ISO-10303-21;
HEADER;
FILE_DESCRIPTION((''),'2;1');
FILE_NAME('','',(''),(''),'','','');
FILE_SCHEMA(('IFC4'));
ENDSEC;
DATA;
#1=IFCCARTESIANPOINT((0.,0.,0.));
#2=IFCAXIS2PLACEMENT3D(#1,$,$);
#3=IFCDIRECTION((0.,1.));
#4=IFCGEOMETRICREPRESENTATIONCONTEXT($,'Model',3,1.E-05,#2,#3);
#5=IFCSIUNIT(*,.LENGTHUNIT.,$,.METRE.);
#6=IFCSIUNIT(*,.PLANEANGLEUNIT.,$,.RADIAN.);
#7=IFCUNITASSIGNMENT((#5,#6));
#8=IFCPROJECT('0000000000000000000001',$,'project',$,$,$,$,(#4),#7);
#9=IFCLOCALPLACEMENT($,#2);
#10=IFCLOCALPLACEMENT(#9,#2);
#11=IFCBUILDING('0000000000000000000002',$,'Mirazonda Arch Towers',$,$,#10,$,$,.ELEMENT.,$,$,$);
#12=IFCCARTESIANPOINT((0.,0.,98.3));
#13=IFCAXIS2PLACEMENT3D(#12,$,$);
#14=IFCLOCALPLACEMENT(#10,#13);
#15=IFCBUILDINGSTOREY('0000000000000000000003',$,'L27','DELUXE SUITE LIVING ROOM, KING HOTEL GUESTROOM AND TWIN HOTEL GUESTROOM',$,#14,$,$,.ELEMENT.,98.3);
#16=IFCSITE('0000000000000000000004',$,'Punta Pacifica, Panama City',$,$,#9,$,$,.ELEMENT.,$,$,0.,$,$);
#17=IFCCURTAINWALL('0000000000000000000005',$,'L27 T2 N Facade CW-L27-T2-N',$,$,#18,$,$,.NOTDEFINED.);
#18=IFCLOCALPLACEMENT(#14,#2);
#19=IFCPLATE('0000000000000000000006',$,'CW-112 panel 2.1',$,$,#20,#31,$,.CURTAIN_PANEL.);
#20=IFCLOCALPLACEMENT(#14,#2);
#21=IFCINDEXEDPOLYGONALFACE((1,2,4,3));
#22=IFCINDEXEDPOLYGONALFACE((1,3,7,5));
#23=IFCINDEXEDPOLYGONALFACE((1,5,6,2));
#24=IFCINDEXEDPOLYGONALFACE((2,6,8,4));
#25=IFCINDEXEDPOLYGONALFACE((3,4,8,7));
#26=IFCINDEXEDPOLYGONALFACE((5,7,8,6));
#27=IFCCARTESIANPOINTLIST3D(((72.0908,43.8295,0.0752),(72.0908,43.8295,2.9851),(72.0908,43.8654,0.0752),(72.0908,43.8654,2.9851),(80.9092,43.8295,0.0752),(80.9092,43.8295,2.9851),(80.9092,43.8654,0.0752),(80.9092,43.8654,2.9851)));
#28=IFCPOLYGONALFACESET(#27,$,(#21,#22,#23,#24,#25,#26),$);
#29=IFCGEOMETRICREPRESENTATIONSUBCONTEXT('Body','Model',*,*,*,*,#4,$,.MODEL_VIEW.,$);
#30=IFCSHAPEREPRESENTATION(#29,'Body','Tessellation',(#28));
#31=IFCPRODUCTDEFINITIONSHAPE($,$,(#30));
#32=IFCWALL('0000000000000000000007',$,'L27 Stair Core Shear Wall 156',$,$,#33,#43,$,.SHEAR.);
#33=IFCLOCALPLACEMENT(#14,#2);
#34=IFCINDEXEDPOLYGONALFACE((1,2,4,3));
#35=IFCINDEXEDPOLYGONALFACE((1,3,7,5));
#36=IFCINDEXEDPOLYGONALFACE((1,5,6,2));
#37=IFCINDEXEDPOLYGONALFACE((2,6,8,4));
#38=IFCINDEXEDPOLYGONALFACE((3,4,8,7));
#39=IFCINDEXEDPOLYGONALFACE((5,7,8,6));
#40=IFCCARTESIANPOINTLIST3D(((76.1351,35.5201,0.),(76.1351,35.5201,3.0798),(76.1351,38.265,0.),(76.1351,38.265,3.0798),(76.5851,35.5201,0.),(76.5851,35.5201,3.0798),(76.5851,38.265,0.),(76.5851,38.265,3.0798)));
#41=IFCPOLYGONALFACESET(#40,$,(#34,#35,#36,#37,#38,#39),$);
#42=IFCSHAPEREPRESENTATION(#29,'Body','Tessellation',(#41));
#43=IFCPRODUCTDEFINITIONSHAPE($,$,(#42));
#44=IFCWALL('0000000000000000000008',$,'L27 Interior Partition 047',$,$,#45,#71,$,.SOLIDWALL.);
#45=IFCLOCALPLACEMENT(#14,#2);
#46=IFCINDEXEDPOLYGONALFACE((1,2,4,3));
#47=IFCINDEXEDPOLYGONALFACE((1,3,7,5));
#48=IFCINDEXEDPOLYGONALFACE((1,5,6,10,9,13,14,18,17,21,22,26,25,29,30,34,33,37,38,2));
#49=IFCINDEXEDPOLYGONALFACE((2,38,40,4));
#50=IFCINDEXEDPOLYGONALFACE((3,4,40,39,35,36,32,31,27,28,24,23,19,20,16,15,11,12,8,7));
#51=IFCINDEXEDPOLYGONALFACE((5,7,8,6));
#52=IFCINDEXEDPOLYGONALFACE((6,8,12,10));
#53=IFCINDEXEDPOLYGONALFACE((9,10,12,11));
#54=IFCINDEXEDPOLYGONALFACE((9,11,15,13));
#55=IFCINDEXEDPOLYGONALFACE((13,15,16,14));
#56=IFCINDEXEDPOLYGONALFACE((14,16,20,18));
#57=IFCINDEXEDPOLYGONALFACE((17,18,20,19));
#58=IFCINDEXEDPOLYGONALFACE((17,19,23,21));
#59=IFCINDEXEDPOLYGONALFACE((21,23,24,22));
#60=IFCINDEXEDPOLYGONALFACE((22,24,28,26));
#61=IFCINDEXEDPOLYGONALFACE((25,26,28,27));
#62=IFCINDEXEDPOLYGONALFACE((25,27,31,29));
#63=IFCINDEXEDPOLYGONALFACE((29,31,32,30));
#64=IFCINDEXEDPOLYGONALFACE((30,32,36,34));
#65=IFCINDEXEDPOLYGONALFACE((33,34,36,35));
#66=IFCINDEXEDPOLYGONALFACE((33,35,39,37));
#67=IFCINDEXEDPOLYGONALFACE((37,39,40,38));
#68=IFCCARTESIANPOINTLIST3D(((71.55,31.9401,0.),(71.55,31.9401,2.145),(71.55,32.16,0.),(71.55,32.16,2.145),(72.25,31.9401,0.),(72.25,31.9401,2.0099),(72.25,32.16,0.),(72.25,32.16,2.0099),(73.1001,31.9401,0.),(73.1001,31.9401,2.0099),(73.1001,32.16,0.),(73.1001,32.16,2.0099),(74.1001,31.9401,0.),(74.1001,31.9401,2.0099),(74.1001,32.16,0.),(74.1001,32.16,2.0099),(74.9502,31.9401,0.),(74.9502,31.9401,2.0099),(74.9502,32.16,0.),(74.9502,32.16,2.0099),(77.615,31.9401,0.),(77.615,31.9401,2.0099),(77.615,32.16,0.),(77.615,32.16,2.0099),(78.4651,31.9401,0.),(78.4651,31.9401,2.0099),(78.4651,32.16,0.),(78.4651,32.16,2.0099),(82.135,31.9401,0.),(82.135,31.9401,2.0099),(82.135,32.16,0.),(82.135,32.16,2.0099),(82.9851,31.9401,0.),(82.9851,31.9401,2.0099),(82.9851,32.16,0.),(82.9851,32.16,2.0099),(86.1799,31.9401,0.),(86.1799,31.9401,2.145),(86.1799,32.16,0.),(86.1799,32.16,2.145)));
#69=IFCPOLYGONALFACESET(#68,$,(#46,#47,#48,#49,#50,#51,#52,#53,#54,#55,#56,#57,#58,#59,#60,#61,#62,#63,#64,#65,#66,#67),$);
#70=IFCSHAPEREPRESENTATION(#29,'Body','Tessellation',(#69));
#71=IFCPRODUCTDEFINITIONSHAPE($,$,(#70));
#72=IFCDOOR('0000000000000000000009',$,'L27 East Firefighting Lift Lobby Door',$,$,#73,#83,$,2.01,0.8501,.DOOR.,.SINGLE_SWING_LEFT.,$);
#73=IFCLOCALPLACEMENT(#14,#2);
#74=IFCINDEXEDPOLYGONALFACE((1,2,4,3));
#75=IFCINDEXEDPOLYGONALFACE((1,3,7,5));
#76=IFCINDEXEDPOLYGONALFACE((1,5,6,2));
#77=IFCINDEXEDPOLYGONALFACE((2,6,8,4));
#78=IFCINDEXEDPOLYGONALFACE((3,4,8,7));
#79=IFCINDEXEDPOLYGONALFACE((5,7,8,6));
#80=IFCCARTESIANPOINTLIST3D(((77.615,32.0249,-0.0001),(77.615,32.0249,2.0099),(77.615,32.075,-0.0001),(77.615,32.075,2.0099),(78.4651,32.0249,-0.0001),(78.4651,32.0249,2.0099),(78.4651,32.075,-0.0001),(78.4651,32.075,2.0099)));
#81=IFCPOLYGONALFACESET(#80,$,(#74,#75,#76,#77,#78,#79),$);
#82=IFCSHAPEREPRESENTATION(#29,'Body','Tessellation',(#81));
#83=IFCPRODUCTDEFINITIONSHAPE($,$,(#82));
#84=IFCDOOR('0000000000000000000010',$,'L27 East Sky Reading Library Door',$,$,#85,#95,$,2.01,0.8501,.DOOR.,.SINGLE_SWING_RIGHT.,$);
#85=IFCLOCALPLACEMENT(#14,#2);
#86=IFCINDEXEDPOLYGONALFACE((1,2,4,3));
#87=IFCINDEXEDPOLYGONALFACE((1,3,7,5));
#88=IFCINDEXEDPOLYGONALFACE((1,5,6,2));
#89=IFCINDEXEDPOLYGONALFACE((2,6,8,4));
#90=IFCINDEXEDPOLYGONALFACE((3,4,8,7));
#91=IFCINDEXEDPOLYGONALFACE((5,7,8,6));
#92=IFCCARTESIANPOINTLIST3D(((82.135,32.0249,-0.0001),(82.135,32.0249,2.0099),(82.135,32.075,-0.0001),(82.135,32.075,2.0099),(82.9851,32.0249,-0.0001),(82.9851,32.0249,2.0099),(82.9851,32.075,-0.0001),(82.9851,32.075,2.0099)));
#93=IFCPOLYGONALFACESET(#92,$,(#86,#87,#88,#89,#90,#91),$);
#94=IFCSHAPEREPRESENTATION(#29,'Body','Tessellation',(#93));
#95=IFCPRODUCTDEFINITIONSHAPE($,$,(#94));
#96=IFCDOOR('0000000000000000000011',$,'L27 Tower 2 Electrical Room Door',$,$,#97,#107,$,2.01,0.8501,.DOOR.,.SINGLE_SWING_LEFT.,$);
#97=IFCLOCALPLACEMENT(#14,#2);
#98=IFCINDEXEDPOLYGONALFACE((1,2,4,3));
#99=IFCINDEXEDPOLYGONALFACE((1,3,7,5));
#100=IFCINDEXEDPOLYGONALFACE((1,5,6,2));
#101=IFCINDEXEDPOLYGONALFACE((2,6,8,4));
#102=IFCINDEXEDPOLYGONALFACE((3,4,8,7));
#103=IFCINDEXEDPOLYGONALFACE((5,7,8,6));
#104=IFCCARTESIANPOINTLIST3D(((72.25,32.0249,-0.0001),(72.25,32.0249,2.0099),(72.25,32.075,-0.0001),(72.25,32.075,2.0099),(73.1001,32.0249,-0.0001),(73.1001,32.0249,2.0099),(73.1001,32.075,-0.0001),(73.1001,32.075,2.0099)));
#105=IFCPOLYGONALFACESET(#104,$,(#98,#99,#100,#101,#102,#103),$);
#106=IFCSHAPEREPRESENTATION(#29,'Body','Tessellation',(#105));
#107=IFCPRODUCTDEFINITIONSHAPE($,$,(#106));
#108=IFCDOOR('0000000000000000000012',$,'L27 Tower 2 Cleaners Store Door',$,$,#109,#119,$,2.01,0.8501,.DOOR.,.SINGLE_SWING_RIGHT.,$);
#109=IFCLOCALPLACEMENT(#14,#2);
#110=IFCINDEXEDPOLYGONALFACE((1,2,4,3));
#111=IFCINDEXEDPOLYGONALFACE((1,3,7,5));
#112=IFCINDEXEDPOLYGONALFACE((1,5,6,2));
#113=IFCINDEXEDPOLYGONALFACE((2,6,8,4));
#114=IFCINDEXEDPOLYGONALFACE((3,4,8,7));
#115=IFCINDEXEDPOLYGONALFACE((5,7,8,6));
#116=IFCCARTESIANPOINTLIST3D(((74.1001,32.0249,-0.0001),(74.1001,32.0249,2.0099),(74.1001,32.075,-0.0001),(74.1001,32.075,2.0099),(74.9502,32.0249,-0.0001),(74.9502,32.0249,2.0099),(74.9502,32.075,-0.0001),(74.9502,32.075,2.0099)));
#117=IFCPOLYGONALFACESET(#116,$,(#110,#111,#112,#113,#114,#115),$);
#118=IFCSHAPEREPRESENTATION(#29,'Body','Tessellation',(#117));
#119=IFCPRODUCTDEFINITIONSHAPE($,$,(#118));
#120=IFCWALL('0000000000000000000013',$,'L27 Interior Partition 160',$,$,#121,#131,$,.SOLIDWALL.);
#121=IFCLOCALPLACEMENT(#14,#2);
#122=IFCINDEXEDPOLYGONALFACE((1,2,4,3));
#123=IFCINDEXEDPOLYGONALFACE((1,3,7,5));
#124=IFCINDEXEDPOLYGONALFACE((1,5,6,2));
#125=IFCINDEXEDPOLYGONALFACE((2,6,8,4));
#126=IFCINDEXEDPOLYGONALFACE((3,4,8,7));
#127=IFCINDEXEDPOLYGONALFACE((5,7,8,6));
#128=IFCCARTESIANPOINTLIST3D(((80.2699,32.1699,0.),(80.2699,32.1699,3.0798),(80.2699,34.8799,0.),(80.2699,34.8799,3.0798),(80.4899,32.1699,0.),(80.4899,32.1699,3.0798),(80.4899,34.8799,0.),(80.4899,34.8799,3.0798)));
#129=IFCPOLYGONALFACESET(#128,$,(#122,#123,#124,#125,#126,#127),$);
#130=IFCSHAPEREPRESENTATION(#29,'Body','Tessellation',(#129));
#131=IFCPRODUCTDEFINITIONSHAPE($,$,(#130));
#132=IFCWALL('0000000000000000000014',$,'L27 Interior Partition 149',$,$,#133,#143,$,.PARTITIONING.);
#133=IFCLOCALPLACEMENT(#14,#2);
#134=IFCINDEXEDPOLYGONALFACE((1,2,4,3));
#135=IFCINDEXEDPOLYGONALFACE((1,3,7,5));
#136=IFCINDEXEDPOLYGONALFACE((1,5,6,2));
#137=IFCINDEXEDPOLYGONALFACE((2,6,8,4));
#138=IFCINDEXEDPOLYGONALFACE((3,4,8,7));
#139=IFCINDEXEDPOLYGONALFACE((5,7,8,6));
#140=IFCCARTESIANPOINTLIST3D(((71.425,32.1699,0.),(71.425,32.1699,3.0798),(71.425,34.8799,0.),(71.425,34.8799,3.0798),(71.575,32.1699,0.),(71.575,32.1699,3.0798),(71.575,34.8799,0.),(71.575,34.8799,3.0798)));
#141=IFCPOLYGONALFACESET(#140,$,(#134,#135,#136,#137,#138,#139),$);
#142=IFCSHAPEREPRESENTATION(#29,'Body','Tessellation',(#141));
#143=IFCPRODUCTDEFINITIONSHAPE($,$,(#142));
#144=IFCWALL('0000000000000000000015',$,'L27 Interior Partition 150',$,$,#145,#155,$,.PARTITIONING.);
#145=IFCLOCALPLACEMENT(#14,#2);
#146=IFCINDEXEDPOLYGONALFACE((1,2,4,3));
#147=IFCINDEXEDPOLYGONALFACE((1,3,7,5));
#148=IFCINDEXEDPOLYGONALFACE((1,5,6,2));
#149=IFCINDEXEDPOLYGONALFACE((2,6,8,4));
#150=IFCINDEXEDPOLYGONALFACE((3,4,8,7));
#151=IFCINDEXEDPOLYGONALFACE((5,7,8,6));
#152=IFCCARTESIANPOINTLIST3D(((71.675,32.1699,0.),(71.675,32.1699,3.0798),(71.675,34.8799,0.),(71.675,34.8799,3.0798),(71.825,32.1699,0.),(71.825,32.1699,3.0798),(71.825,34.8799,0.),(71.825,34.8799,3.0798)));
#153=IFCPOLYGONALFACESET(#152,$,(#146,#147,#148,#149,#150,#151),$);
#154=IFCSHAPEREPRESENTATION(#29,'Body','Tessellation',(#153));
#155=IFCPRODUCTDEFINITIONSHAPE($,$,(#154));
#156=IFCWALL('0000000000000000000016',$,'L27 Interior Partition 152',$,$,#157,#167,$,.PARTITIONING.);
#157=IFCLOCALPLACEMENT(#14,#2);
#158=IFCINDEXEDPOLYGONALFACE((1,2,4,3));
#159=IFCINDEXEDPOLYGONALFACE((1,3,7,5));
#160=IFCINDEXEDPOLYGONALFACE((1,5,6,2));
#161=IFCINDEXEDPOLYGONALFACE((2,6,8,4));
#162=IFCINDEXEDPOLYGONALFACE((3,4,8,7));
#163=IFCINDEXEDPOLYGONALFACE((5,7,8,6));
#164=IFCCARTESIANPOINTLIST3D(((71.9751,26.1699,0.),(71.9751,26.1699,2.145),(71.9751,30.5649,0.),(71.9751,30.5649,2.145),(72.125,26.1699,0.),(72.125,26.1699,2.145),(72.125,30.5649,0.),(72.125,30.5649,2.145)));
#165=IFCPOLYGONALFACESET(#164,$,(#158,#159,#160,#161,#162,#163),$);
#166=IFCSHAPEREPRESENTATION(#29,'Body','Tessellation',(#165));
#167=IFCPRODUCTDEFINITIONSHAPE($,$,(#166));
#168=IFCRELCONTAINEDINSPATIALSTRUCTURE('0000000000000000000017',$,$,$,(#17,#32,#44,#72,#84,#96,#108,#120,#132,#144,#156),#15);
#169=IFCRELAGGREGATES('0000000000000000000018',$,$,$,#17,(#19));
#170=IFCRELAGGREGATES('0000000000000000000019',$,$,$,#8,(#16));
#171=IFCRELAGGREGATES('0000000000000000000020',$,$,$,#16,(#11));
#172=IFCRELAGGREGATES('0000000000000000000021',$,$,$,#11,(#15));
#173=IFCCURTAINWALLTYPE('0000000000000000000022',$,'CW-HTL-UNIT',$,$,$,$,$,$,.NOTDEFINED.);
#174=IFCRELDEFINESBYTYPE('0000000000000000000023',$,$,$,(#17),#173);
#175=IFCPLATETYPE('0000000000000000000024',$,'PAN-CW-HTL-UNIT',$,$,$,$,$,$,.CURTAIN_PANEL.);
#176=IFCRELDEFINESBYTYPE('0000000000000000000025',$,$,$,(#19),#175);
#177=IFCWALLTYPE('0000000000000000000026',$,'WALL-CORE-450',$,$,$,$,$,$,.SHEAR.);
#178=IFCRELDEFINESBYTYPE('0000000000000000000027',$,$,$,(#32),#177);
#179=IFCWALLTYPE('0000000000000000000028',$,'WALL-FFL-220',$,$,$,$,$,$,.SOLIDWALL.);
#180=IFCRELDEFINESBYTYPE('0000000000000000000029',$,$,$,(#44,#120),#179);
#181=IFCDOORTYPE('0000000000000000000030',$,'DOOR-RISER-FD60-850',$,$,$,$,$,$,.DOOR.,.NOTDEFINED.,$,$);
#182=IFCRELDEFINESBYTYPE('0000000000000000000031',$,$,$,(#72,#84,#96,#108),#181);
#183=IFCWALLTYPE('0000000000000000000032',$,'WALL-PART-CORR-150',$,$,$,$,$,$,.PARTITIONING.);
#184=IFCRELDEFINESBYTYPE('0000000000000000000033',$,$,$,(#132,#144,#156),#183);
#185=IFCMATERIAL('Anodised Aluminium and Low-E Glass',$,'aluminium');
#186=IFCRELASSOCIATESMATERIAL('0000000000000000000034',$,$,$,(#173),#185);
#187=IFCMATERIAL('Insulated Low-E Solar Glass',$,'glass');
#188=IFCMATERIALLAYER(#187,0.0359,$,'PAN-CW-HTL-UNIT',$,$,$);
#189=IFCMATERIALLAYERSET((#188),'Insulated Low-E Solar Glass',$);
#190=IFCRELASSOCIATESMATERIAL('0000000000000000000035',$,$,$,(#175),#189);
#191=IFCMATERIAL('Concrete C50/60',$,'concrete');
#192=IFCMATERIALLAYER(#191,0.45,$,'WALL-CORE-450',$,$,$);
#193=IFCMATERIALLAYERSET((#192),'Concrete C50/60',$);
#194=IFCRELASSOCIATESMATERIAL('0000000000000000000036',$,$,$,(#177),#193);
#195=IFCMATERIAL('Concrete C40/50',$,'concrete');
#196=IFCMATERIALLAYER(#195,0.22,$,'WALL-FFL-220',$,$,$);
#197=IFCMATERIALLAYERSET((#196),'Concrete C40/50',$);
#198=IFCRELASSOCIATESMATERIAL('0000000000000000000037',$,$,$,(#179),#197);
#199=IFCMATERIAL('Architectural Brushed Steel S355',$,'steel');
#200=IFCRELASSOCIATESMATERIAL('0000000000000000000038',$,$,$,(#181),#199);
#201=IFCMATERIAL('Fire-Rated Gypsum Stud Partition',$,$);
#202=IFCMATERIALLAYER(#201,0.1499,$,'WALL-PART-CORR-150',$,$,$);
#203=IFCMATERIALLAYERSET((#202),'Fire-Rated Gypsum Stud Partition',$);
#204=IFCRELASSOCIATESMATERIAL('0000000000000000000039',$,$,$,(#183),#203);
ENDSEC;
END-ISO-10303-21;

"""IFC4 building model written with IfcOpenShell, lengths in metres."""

from ifc_helpers import new_model, si_unit, direction, frame, frame_2d, origin, origin_2d, place, context, subcontext, project, spatial, rectangle, extrude, material, layer, layer_set, type_object, element, fill, aggregate, save


model = new_model("IFC4")

# Units and contexts
model_context = context("Model", 3, precision=1e-05, world=origin(), true_north=direction((0.0, 1.0)))
body_context = subcontext(model_context, "Body", "Model", "MODEL_VIEW")
ifc_project = project(units=[si_unit("LENGTHUNIT", "METRE"), si_unit("PLANEANGLEUNIT", "RADIAN")], contexts=[model_context])

# Site, building, storey
site_placement = place(None, origin())
site = spatial("IfcSite", under=ifc_project, at=site_placement, Name="Punta Pacifica, Panama City", CompositionType="ELEMENT", RefElevation=0.0)
building_placement = place(site_placement, origin())
building = spatial("IfcBuilding", under=site, at=building_placement, Name="Mirazonda Arch Towers", CompositionType="ELEMENT")
storey_placement = place(building_placement, frame((0.0, 0.0, 98.3)))
storey = spatial("IfcBuildingStorey", under=building, at=storey_placement, Name="L27", Description="DELUXE SUITE LIVING ROOM, KING HOTEL GUESTROOM AND TWIN HOTEL GUESTROOM", CompositionType="ELEMENT", Elevation=98.3)

# Shared definitions
ifc_material_1 = material(Name="Concrete C50/60", Category="concrete")

# Curtain wall, plate
ifc_material_2 = material(Name="Anodised Aluminium and Low-E Glass", Category="aluminium")
curtain_wall_type = type_object("IfcCurtainWallType", Name="CW-HTL-UNIT", PredefinedType="NOTDEFINED", material=ifc_material_2)
curtain_wall_placement = place(storey_placement, origin())
curtain_wall = element("IfcCurtainWall", 1, at=curtain_wall_placement, inside=storey, type_object=curtain_wall_type, Name="L27 T2 N Facade CW-L27-T2-N", PredefinedType="NOTDEFINED")
ifc_material_3 = material(Name="Insulated Low-E Solar Glass", Category="glass")
ifc_layer_1 = layer(ifc_material_3, 0.0359, Name="PAN-CW-HTL-UNIT")
ifc_layer_set_1 = layer_set([ifc_layer_1], Name="Insulated Low-E Solar Glass")
plate_type = type_object("IfcPlateType", Name="PAN-CW-HTL-UNIT", PredefinedType="CURTAIN_PANEL", material=ifc_layer_set_1)
plate_placement = place(storey_placement, frame((76.5, 43.8474, 0.0752), z_axis=(0.0, 0.0, 1.0), x_axis=(1.0, 0.0, 0.0)))
plate = element("IfcPlate", 2, at=plate_placement, type_object=plate_type, Name="CW-112 panel 2.1", PredefinedType="CURTAIN_PANEL", context=body_context, shape_type="SweptSolid", body=[
    extrude(rectangle(XDim=8.8184, YDim=0.0359, at=origin_2d()), origin(), (0.0, 0.0, 1.0), 2.9099),
])
aggregate(curtain_wall, [plate])

# Wall
ifc_layer_2 = layer(ifc_material_1, 0.45, Name="WALL-CORE-450")
ifc_layer_set_2 = layer_set([ifc_layer_2], Name="Concrete C50/60")
wall_type_1 = type_object("IfcWallType", Name="WALL-CORE-450", PredefinedType="SHEAR", material=ifc_layer_set_2)
wall_1_placement = place(storey_placement, frame((76.3601, 35.52, 0.0), z_axis=(0.0, 0.0, 1.0), x_axis=(0.0, 1.0, 0.0)))
element("IfcWall", 3, at=wall_1_placement, inside=storey, type_object=wall_type_1, Name="L27 Stair Core Shear Wall 156", PredefinedType="SHEAR", context=body_context, shape_type="SweptSolid", body=[
    extrude(rectangle(XDim=2.7449, YDim=0.45, at=frame_2d((1.3726, 0.0))), origin(), (0.0, 0.0, 1.0), 3.0798),
])

# Wall, openings, doors
ifc_material_4 = material(Name="Concrete C40/50", Category="concrete")
ifc_layer_3 = layer(ifc_material_4, 0.22, Name="WALL-FFL-220")
ifc_layer_set_3 = layer_set([ifc_layer_3], Name="Concrete C40/50")
wall_type_2 = type_object("IfcWallType", Name="WALL-FFL-220", PredefinedType="SOLIDWALL", material=ifc_layer_set_3)
wall_2_placement = place(storey_placement, frame((71.55, 32.05, 0.0), z_axis=(0.0, 0.0, 1.0), x_axis=(1.0, 0.0, 0.0)))
wall_2 = element("IfcWall", 4, at=wall_2_placement, inside=storey, type_object=wall_type_2, Name="L27 Interior Partition 047", PredefinedType="SOLIDWALL", context=body_context, shape_type="SweptSolid", body=[
    extrude(rectangle(XDim=14.6299, YDim=0.22, at=frame_2d((7.3149, 0.0))), origin(), (0.0, 0.0, 1.0), 2.145),
])
opening_1_placement = place(wall_2_placement, frame((6.0649, 0.0, 0.0)))
opening_1 = element("IfcOpeningElement", 5, at=opening_1_placement, cuts=wall_2, PredefinedType="OPENING", context=body_context, shape_type="SweptSolid", body=[
    extrude(rectangle(XDim=0.8501, YDim=2.01, at=frame_2d((0.425, 1.0049))), frame((0.0, 0.1199, 0.0), z_axis=(0.0, -1.0, 0.0), x_axis=(1.0, 0.0, 0.0)), (0.0, 0.0, 1.0), 0.24),
])
opening_2_placement = place(wall_2_placement, frame((10.585, 0.0, 0.0)))
opening_2 = element("IfcOpeningElement", 6, at=opening_2_placement, cuts=wall_2, PredefinedType="OPENING", context=body_context, shape_type="SweptSolid", body=[
    extrude(rectangle(XDim=0.8501, YDim=2.01, at=frame_2d((0.425, 1.0049))), frame((0.0, 0.1199, 0.0), z_axis=(0.0, -1.0, 0.0), x_axis=(1.0, 0.0, 0.0)), (0.0, 0.0, 1.0), 0.24),
])
opening_3_placement = place(wall_2_placement, frame((0.7, 0.0, 0.0)))
opening_3 = element("IfcOpeningElement", 7, at=opening_3_placement, cuts=wall_2, PredefinedType="OPENING", context=body_context, shape_type="SweptSolid", body=[
    extrude(rectangle(XDim=0.8501, YDim=2.01, at=frame_2d((0.425, 1.0049))), frame((0.0, 0.1199, 0.0), z_axis=(0.0, -1.0, 0.0), x_axis=(1.0, 0.0, 0.0)), (0.0, 0.0, 1.0), 0.24),
])
opening_4_placement = place(wall_2_placement, frame((2.55, 0.0, 0.0)))
opening_4 = element("IfcOpeningElement", 8, at=opening_4_placement, cuts=wall_2, PredefinedType="OPENING", context=body_context, shape_type="SweptSolid", body=[
    extrude(rectangle(XDim=0.8501, YDim=2.01, at=frame_2d((0.425, 1.0049))), frame((0.0, 0.1199, 0.0), z_axis=(0.0, -1.0, 0.0), x_axis=(1.0, 0.0, 0.0)), (0.0, 0.0, 1.0), 0.24),
])
ifc_material_5 = material(Name="Architectural Brushed Steel S355", Category="steel")
door_type = type_object("IfcDoorType", Name="DOOR-RISER-FD60-850", OperationType="NOTDEFINED", PredefinedType="DOOR", material=ifc_material_5)
door_1_placement = place(opening_1_placement, origin())
door_1 = element("IfcDoor", 9, at=door_1_placement, inside=storey, type_object=door_type, Name="L27 East Firefighting Lift Lobby Door", OperationType="SINGLE_SWING_LEFT", OverallHeight=2.01, OverallWidth=0.8501, PredefinedType="DOOR", context=body_context, shape_type="SweptSolid", body=[
    extrude(rectangle(XDim=0.8501, YDim=2.01, at=frame_2d((0.425, 1.0049))), frame((0.0, 0.0249, 0.0), z_axis=(0.0, -1.0, 0.0), x_axis=(1.0, 0.0, 0.0)), (0.0, 0.0, 1.0), 0.05),
])
fill(opening_1, door_1)
door_2_placement = place(opening_2_placement, origin())
door_2 = element("IfcDoor", 10, at=door_2_placement, inside=storey, type_object=door_type, Name="L27 East Sky Reading Library Door", OperationType="SINGLE_SWING_RIGHT", OverallHeight=2.01, OverallWidth=0.8501, PredefinedType="DOOR", context=body_context, shape_type="SweptSolid", body=[
    extrude(rectangle(XDim=0.8501, YDim=2.01, at=frame_2d((0.425, 1.0049))), frame((0.0, 0.0249, 0.0), z_axis=(0.0, -1.0, 0.0), x_axis=(1.0, 0.0, 0.0)), (0.0, 0.0, 1.0), 0.05),
])
fill(opening_2, door_2)
door_3_placement = place(opening_3_placement, origin())
door_3 = element("IfcDoor", 11, at=door_3_placement, inside=storey, type_object=door_type, Name="L27 Tower 2 Electrical Room Door", OperationType="SINGLE_SWING_LEFT", OverallHeight=2.01, OverallWidth=0.8501, PredefinedType="DOOR", context=body_context, shape_type="SweptSolid", body=[
    extrude(rectangle(XDim=0.8501, YDim=2.01, at=frame_2d((0.425, 1.0049))), frame((0.0, 0.0249, 0.0), z_axis=(0.0, -1.0, 0.0), x_axis=(1.0, 0.0, 0.0)), (0.0, 0.0, 1.0), 0.05),
])
fill(opening_3, door_3)
door_4_placement = place(opening_4_placement, origin())
door_4 = element("IfcDoor", 12, at=door_4_placement, inside=storey, type_object=door_type, Name="L27 Tower 2 Cleaners Store Door", OperationType="SINGLE_SWING_RIGHT", OverallHeight=2.01, OverallWidth=0.8501, PredefinedType="DOOR", context=body_context, shape_type="SweptSolid", body=[
    extrude(rectangle(XDim=0.8501, YDim=2.01, at=frame_2d((0.425, 1.0049))), frame((0.0, 0.0249, 0.0), z_axis=(0.0, -1.0, 0.0), x_axis=(1.0, 0.0, 0.0)), (0.0, 0.0, 1.0), 0.05),
])
fill(opening_4, door_4)

# Walls
wall_3_placement = place(storey_placement, frame((80.3799, 32.1699, 0.0), z_axis=(0.0, 0.0, 1.0), x_axis=(0.0, 1.0, 0.0)))
element("IfcWall", 13, at=wall_3_placement, inside=storey, type_object=wall_type_2, Name="L27 Interior Partition 160", PredefinedType="SOLIDWALL", context=body_context, shape_type="SweptSolid", body=[
    extrude(rectangle(XDim=2.71, YDim=0.22, at=frame_2d((1.355, 0.0))), origin(), (0.0, 0.0, 1.0), 3.0798),
])
ifc_material_6 = material(Name="Fire-Rated Gypsum Stud Partition")
ifc_layer_4 = layer(ifc_material_6, 0.1499, Name="WALL-PART-CORR-150")
ifc_layer_set_4 = layer_set([ifc_layer_4], Name="Fire-Rated Gypsum Stud Partition")
wall_type_3 = type_object("IfcWallType", Name="WALL-PART-CORR-150", PredefinedType="PARTITIONING", material=ifc_layer_set_4)
for number, where, z_axis, x_axis, name in (
    (14, (71.5, 32.1699, 0.0), (0.0, 0.0, 1.0), (0.0, 1.0, 0.0), "L27 Interior Partition 149"),
    (15, (71.75, 32.1699, 0.0), (0.0, 0.0, 1.0), (0.0, 1.0, 0.0), "L27 Interior Partition 150"),
):
    element("IfcWall", number, at=place(storey_placement, frame(where, z_axis=z_axis, x_axis=x_axis)), inside=storey, type_object=wall_type_3, Name=name, PredefinedType="PARTITIONING", context=body_context, shape_type="SweptSolid", body=[
        extrude(rectangle(XDim=2.71, YDim=0.1499, at=frame_2d((1.355, 0.0))), origin(), (0.0, 0.0, 1.0), 3.0798),
    ])
wall_4_placement = place(storey_placement, frame((72.05, 26.1699, 0.0), z_axis=(0.0, 0.0, 1.0), x_axis=(0.0, 1.0, 0.0)))
element("IfcWall", 16, at=wall_4_placement, inside=storey, type_object=wall_type_3, Name="L27 Interior Partition 152", PredefinedType="PARTITIONING", context=body_context, shape_type="SweptSolid", body=[
    extrude(rectangle(XDim=4.395, YDim=0.1499, at=frame_2d((2.1975, 0.0))), origin(), (0.0, 0.0, 1.0), 2.145),
])

save(model, "model.ifc")
